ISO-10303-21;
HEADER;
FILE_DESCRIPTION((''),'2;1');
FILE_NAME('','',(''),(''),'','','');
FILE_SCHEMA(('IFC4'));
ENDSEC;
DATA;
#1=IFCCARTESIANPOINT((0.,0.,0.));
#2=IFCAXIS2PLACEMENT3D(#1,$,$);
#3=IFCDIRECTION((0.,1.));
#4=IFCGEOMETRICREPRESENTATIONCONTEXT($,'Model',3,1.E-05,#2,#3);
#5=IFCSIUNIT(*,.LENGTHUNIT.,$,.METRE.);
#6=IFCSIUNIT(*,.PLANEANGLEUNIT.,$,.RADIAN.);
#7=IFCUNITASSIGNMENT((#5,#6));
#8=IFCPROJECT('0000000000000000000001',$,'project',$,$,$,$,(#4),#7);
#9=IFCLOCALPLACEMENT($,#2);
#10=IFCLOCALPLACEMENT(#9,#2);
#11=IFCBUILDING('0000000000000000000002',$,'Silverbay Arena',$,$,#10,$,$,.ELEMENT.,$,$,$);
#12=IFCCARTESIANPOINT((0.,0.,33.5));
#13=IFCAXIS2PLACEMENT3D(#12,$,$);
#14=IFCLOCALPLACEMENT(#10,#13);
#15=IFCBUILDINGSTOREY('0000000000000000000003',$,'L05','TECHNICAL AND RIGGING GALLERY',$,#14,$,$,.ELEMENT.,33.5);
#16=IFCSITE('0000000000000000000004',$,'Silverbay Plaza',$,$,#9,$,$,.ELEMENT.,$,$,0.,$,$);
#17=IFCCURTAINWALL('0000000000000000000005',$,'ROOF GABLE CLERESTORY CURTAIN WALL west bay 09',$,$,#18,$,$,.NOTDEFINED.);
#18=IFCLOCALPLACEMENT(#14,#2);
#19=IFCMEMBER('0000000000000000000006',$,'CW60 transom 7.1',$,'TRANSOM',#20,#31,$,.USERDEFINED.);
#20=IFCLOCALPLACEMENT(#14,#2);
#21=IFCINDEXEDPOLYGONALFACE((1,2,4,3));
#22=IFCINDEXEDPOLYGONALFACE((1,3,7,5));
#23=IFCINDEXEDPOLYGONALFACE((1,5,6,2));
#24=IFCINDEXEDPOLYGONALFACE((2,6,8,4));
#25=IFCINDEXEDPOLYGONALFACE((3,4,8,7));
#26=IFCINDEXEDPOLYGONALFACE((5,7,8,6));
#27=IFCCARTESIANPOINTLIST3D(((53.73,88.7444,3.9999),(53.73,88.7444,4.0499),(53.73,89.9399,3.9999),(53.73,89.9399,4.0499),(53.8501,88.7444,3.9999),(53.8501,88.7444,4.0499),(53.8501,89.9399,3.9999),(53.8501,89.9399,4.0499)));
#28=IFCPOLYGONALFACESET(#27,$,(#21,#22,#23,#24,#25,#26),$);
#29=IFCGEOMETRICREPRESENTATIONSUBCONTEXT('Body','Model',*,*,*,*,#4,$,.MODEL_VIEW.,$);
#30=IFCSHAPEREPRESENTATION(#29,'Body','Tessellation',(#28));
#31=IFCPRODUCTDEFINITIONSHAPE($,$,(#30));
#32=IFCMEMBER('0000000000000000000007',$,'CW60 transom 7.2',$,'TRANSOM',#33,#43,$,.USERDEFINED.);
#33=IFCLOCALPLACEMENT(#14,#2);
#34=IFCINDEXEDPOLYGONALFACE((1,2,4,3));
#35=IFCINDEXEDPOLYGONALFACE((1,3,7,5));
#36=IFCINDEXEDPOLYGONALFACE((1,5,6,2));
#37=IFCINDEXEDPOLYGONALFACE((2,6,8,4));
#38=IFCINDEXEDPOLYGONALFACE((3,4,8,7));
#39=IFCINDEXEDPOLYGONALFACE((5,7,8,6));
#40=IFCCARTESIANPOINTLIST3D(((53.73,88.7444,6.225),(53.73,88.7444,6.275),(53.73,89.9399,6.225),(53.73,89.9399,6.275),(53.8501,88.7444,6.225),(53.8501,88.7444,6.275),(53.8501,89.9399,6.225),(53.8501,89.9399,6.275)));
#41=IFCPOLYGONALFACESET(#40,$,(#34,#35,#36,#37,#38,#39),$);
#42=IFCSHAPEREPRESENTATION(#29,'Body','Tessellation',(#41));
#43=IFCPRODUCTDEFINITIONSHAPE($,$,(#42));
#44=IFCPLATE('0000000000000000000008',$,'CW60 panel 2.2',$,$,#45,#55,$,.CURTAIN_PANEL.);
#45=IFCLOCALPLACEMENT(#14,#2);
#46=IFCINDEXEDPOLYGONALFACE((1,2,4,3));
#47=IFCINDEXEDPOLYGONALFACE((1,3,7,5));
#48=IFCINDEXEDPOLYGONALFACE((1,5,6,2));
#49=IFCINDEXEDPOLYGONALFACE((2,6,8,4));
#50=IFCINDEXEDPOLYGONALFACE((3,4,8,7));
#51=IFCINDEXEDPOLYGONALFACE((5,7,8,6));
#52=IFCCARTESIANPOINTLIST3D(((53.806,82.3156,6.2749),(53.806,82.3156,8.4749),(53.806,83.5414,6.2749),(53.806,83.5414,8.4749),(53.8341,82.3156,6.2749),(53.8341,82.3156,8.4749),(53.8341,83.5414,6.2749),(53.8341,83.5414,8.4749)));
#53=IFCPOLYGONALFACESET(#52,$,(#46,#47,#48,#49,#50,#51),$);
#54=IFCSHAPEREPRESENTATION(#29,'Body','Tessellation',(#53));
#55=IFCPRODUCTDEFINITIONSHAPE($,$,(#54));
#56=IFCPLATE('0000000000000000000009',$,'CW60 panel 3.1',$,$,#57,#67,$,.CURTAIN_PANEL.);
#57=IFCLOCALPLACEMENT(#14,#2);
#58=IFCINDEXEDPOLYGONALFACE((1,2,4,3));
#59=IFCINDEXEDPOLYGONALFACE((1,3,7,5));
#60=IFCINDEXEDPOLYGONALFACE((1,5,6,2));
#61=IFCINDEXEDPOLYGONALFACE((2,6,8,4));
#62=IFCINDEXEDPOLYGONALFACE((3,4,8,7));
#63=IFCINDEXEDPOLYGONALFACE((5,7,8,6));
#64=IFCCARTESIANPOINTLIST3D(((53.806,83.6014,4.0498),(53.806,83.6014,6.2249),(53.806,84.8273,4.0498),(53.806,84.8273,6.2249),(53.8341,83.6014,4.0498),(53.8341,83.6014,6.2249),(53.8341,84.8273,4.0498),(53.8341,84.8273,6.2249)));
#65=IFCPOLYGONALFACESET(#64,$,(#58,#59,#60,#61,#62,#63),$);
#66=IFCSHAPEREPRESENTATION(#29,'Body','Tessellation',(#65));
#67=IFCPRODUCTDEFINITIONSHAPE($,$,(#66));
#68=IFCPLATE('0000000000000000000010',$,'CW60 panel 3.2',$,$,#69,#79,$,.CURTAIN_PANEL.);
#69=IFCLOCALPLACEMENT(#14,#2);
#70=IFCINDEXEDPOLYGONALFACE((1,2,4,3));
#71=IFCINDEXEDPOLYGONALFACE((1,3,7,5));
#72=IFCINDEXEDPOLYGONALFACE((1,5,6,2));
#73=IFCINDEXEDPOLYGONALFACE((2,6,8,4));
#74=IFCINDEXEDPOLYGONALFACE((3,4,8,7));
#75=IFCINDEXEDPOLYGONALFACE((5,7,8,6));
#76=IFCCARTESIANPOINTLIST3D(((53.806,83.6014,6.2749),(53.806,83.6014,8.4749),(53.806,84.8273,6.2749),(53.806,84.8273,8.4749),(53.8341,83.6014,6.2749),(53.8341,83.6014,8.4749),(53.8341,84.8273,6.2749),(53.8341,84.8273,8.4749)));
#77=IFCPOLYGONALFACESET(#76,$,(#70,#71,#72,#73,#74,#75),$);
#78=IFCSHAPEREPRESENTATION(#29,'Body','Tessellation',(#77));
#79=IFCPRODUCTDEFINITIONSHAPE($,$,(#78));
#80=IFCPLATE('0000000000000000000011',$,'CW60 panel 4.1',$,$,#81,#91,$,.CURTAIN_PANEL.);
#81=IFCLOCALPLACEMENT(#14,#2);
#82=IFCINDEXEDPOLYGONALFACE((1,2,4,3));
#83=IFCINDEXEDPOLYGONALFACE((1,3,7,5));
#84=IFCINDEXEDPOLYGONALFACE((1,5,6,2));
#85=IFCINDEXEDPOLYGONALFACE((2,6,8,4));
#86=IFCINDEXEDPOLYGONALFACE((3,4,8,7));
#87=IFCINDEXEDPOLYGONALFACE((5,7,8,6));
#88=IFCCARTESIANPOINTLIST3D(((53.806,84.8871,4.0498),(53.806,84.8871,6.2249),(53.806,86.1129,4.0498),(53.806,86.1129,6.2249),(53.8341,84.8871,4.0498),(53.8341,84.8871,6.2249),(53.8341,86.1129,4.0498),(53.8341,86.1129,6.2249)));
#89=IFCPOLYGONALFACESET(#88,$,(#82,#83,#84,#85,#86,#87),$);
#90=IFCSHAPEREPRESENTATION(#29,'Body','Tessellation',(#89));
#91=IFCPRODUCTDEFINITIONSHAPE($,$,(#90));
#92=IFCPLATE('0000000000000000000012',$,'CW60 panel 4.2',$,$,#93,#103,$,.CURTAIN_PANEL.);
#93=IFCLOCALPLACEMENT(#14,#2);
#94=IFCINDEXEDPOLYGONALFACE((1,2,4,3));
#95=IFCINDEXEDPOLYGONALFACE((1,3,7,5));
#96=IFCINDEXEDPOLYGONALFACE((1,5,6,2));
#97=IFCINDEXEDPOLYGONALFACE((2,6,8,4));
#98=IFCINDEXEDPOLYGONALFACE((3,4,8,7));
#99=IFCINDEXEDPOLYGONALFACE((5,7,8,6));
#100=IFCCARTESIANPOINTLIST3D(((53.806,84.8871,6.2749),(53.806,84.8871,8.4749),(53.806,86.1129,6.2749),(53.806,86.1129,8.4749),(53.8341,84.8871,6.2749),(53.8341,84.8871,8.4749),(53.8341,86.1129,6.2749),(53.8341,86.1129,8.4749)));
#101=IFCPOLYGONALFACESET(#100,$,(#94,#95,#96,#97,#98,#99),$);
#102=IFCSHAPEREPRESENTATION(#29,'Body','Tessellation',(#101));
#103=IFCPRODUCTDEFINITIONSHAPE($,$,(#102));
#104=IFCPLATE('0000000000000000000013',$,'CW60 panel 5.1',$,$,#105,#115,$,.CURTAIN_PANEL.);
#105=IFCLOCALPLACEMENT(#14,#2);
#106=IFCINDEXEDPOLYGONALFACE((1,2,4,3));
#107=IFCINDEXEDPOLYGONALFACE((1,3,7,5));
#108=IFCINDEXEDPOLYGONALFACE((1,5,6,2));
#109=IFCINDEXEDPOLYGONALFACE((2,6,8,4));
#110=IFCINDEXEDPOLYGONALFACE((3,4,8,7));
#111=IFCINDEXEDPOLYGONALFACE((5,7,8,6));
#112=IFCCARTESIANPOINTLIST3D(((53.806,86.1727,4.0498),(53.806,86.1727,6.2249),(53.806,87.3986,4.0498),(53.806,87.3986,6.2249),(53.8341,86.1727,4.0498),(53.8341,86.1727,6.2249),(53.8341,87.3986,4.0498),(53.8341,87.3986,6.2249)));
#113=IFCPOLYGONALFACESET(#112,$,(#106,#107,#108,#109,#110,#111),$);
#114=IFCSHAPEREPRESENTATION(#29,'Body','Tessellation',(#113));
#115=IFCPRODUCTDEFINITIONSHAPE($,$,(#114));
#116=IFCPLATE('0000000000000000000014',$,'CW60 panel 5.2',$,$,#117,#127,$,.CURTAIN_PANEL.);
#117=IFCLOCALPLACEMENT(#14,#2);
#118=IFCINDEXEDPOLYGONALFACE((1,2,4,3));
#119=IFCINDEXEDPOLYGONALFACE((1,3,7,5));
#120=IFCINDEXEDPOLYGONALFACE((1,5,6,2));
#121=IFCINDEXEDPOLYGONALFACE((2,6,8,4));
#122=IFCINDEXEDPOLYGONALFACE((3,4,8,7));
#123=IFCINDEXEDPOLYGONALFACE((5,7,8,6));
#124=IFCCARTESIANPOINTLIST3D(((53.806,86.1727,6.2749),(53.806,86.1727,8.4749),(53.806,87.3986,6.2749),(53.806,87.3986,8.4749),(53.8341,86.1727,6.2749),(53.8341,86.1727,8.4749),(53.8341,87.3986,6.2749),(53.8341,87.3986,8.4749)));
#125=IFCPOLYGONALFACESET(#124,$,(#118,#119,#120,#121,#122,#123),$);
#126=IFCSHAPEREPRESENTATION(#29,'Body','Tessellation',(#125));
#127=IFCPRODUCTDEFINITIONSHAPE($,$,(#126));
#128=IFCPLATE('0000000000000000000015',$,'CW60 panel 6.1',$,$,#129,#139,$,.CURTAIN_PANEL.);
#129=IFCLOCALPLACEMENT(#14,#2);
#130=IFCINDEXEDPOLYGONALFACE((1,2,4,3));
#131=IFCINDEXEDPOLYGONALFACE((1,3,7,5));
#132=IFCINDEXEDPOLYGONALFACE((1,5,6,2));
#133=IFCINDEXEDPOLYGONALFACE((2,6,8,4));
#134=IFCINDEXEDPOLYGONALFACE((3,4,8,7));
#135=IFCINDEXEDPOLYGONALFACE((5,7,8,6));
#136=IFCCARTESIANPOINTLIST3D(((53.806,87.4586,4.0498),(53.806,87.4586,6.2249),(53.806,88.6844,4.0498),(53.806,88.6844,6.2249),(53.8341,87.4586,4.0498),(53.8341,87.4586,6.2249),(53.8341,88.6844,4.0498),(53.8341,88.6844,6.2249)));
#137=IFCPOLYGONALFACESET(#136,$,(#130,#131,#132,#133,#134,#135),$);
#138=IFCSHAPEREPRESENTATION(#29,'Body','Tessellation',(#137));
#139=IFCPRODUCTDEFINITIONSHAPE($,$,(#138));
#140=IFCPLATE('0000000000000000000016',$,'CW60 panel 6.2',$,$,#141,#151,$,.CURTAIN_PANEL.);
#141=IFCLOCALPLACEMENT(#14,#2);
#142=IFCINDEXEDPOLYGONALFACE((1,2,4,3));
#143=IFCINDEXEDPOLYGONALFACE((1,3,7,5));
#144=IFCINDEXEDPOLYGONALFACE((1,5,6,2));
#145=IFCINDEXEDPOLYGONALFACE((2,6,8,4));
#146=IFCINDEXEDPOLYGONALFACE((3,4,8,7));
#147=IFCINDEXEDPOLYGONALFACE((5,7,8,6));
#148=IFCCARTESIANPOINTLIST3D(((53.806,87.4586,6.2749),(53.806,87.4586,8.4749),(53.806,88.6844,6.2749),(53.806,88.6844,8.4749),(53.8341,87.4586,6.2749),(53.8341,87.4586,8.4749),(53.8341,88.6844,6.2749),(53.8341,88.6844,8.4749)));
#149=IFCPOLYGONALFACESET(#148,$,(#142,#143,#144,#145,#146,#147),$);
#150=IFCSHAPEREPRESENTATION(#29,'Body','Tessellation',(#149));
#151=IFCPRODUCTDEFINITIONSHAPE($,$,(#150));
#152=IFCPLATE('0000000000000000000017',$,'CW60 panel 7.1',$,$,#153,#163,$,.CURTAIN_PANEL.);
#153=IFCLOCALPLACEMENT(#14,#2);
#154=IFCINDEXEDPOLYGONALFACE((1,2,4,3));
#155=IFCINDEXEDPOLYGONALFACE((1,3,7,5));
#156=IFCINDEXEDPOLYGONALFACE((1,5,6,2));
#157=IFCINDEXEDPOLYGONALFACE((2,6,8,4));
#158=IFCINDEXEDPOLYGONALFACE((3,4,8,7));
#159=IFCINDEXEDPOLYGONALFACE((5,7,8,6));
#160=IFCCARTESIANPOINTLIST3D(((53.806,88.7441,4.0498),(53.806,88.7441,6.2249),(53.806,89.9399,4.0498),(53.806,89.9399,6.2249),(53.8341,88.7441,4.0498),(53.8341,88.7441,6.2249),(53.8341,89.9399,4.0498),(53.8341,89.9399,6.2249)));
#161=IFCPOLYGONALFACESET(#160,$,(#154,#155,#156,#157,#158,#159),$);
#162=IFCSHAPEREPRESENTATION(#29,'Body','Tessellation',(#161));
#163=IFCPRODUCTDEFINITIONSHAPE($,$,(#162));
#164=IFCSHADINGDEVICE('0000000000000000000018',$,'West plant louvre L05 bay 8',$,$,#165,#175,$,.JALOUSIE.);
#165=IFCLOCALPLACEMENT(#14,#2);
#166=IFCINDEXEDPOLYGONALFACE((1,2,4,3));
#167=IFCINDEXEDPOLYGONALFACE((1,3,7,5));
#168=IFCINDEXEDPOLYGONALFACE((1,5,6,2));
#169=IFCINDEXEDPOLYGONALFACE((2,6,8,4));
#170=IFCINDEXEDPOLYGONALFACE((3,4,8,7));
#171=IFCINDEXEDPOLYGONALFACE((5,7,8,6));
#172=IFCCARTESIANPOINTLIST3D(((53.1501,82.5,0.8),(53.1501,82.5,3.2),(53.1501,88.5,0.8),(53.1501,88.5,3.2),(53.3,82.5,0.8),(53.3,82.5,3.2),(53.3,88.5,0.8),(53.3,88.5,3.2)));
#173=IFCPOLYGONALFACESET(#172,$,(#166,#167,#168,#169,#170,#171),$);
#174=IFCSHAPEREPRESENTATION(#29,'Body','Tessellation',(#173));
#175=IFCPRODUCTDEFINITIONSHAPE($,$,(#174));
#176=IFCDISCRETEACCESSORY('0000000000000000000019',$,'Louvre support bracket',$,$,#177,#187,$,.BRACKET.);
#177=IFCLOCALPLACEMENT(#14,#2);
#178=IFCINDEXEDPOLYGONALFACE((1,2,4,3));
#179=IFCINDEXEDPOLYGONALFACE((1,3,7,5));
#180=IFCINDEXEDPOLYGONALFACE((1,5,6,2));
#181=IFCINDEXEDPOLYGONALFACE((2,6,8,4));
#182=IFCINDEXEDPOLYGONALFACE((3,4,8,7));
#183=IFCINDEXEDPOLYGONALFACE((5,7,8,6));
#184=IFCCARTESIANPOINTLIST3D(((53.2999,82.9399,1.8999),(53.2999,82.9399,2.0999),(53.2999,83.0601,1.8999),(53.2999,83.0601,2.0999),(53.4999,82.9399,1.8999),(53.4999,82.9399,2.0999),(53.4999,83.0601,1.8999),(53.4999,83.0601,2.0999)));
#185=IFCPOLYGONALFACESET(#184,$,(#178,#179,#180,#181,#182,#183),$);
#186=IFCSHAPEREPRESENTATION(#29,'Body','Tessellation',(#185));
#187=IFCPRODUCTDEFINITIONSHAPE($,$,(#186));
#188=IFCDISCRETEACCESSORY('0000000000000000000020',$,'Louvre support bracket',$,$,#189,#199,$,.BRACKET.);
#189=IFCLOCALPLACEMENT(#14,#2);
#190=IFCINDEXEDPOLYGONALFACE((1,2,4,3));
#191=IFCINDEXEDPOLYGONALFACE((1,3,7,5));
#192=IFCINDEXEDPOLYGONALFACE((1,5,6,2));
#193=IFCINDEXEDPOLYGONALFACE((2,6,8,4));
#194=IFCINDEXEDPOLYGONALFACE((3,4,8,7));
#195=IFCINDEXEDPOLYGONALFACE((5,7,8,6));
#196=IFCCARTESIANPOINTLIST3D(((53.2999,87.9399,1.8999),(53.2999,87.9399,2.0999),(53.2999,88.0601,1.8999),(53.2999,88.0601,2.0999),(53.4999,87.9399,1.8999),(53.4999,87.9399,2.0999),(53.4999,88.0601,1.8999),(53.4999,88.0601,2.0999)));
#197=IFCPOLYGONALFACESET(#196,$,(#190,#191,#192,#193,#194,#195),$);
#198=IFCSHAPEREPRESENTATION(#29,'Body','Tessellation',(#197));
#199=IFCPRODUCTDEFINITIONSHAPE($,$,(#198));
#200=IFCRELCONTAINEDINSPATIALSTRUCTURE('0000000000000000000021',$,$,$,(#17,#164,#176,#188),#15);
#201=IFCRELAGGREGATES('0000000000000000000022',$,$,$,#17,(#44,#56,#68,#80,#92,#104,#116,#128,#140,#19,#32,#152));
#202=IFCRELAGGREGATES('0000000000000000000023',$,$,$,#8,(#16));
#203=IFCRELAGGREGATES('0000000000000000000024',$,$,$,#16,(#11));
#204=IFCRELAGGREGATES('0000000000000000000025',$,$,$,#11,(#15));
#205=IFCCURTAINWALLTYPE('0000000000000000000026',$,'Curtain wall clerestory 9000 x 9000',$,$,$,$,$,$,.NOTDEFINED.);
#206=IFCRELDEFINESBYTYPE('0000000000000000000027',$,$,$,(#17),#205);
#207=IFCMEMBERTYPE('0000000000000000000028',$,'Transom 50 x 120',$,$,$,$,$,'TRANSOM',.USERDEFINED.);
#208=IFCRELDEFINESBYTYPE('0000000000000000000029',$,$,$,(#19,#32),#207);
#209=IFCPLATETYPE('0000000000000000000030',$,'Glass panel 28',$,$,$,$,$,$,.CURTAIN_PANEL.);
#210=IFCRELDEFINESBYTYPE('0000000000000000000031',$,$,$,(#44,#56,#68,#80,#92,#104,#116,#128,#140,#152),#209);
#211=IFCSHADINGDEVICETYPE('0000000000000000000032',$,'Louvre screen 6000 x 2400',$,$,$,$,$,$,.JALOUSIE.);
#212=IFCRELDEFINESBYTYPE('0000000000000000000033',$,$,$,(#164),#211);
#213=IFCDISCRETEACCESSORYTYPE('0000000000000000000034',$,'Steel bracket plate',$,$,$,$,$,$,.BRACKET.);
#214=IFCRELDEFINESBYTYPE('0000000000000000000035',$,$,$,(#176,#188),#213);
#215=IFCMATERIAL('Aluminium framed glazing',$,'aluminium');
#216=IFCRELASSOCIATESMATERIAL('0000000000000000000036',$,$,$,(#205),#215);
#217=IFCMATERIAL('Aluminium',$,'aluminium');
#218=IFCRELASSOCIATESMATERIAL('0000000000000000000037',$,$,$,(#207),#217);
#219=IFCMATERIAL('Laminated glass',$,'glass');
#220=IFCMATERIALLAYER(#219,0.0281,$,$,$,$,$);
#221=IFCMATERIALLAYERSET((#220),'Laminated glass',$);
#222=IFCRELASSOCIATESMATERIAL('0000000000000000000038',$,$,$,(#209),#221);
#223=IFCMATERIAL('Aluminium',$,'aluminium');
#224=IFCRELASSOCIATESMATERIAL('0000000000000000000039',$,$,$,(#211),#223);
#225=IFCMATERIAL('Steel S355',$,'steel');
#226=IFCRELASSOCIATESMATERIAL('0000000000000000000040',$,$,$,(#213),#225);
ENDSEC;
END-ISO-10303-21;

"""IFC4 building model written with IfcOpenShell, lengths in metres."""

from ifc_helpers import new_model, si_unit, direction, frame, origin, origin_2d, place, context, subcontext, project, spatial, rectangle, extrude, material, layer, layer_set, material_profile, profile_set, type_object, element, aggregate, save


model = new_model("IFC4")

# Units and contexts
model_context = context("Model", 3, precision=1e-05, world=origin(), true_north=direction((0.0, 1.0)))
body_context = subcontext(model_context, "Body", "Model", "MODEL_VIEW")
ifc_project = project(units=[si_unit("LENGTHUNIT", "METRE"), si_unit("PLANEANGLEUNIT", "RADIAN")], contexts=[model_context])

# Site, building, storey
site_placement = place(None, origin())
site = spatial("IfcSite", under=ifc_project, at=site_placement, Name="Silverbay Plaza", CompositionType="ELEMENT", RefElevation=0.0)
building_placement = place(site_placement, origin())
building = spatial("IfcBuilding", under=site, at=building_placement, Name="Silverbay Arena", CompositionType="ELEMENT")
storey_placement = place(building_placement, frame((0.0, 0.0, 33.5)))
storey = spatial("IfcBuildingStorey", under=building, at=storey_placement, Name="L05", Description="TECHNICAL AND RIGGING GALLERY", CompositionType="ELEMENT", Elevation=33.5)

# Curtain wall
ifc_material_1 = material(Name="Aluminium framed glazing", Category="aluminium")
curtain_wall_type = type_object("IfcCurtainWallType", Name="Curtain wall clerestory 9000 x 9000", PredefinedType="NOTDEFINED", material=ifc_material_1)
curtain_wall_placement = place(storey_placement, origin())
curtain_wall = element("IfcCurtainWall", 1, at=curtain_wall_placement, inside=storey, type_object=curtain_wall_type, Name="ROOF GABLE CLERESTORY CURTAIN WALL west bay 09", PredefinedType="NOTDEFINED")

# Members
ifc_material_2 = material(Name="Aluminium", Category="aluminium")
ifc_material_profile_1 = material_profile(ifc_material_2, rectangle(XDim=0.1201, YDim=0.05, at=origin_2d()), Name="Transom 50 x 120")
ifc_profile_set_1 = profile_set([ifc_material_profile_1], Name="Aluminium")
member_type_1 = type_object("IfcMemberType", Name="Transom 50 x 120", ElementType="TRANSOM", PredefinedType="USERDEFINED", material=ifc_profile_set_1)
member_1_placement = place(storey_placement, frame((53.79, 88.7444, 4.0249), z_axis=(0.0, 1.0, 0.0), x_axis=(-1.0, 0.0, 0.0)))
member_1 = element("IfcMember", 2, at=member_1_placement, type_object=member_type_1, Name="CW60 transom 7.1", ObjectType="TRANSOM", PredefinedType="USERDEFINED", context=body_context, shape_type="SweptSolid", body=[
    extrude(rectangle(XDim=0.1201, YDim=0.05, at=origin_2d()), origin(), (0.0, 0.0, 1.0), 1.1956),
])
member_2_placement = place(storey_placement, frame((53.79, 88.7444, 6.25), z_axis=(0.0, 1.0, 0.0), x_axis=(-1.0, 0.0, 0.0)))
member_2 = element("IfcMember", 3, at=member_2_placement, type_object=member_type_1, Name="CW60 transom 7.2", ObjectType="TRANSOM", PredefinedType="USERDEFINED", context=body_context, shape_type="SweptSolid", body=[
    extrude(rectangle(XDim=0.1201, YDim=0.05, at=origin_2d()), origin(), (0.0, 0.0, 1.0), 1.1956),
])

# Plates
ifc_material_3 = material(Name="Laminated glass", Category="glass")
ifc_layer = layer(ifc_material_3, 0.0281)
ifc_layer_set = layer_set([ifc_layer], Name="Laminated glass")
plate_type = type_object("IfcPlateType", Name="Glass panel 28", PredefinedType="CURTAIN_PANEL", material=ifc_layer_set)
plate_1_placement = place(storey_placement, frame((53.8201, 82.9285, 6.2749), z_axis=(0.0, 0.0, 1.0), x_axis=(0.0, 1.0, 0.0)))
plate_1 = element("IfcPlate", 4, at=plate_1_placement, type_object=plate_type, Name="CW60 panel 2.2", PredefinedType="CURTAIN_PANEL", context=body_context, shape_type="SweptSolid", body=[
    extrude(rectangle(XDim=1.2258, YDim=0.0281, at=origin_2d()), origin(), (0.0, 0.0, 1.0), 2.2),
])
plate_2_placement = place(storey_placement, frame((53.8201, 84.2144, 4.0498), z_axis=(0.0, 0.0, 1.0), x_axis=(0.0, 1.0, 0.0)))
plate_2 = element("IfcPlate", 5, at=plate_2_placement, type_object=plate_type, Name="CW60 panel 3.1", PredefinedType="CURTAIN_PANEL", context=body_context, shape_type="SweptSolid", body=[
    extrude(rectangle(XDim=1.2258, YDim=0.0281, at=origin_2d()), origin(), (0.0, 0.0, 1.0), 2.175),
])
plate_3_placement = place(storey_placement, frame((53.8201, 84.2144, 6.2749), z_axis=(0.0, 0.0, 1.0), x_axis=(0.0, 1.0, 0.0)))
plate_3 = element("IfcPlate", 6, at=plate_3_placement, type_object=plate_type, Name="CW60 panel 3.2", PredefinedType="CURTAIN_PANEL", context=body_context, shape_type="SweptSolid", body=[
    extrude(rectangle(XDim=1.2258, YDim=0.0281, at=origin_2d()), origin(), (0.0, 0.0, 1.0), 2.2),
])
plate_4_placement = place(storey_placement, frame((53.8201, 85.5, 4.0498), z_axis=(0.0, 0.0, 1.0), x_axis=(0.0, 1.0, 0.0)))
plate_4 = element("IfcPlate", 7, at=plate_4_placement, type_object=plate_type, Name="CW60 panel 4.1", PredefinedType="CURTAIN_PANEL", context=body_context, shape_type="SweptSolid", body=[
    extrude(rectangle(XDim=1.2258, YDim=0.0281, at=origin_2d()), origin(), (0.0, 0.0, 1.0), 2.175),
])
plate_5_placement = place(storey_placement, frame((53.8201, 85.5, 6.2749), z_axis=(0.0, 0.0, 1.0), x_axis=(0.0, 1.0, 0.0)))
plate_5 = element("IfcPlate", 8, at=plate_5_placement, type_object=plate_type, Name="CW60 panel 4.2", PredefinedType="CURTAIN_PANEL", context=body_context, shape_type="SweptSolid", body=[
    extrude(rectangle(XDim=1.2258, YDim=0.0281, at=origin_2d()), origin(), (0.0, 0.0, 1.0), 2.2),
])
plate_6_placement = place(storey_placement, frame((53.8201, 86.7856, 4.0498), z_axis=(0.0, 0.0, 1.0), x_axis=(0.0, 1.0, 0.0)))
plate_6 = element("IfcPlate", 9, at=plate_6_placement, type_object=plate_type, Name="CW60 panel 5.1", PredefinedType="CURTAIN_PANEL", context=body_context, shape_type="SweptSolid", body=[
    extrude(rectangle(XDim=1.2258, YDim=0.0281, at=origin_2d()), origin(), (0.0, 0.0, 1.0), 2.175),
])
plate_7_placement = place(storey_placement, frame((53.8201, 86.7856, 6.2749), z_axis=(0.0, 0.0, 1.0), x_axis=(0.0, 1.0, 0.0)))
plate_7 = element("IfcPlate", 10, at=plate_7_placement, type_object=plate_type, Name="CW60 panel 5.2", PredefinedType="CURTAIN_PANEL", context=body_context, shape_type="SweptSolid", body=[
    extrude(rectangle(XDim=1.2258, YDim=0.0281, at=origin_2d()), origin(), (0.0, 0.0, 1.0), 2.2),
])
plate_8_placement = place(storey_placement, frame((53.8201, 88.0715, 4.0498), z_axis=(0.0, 0.0, 1.0), x_axis=(0.0, 1.0, 0.0)))
plate_8 = element("IfcPlate", 11, at=plate_8_placement, type_object=plate_type, Name="CW60 panel 6.1", PredefinedType="CURTAIN_PANEL", context=body_context, shape_type="SweptSolid", body=[
    extrude(rectangle(XDim=1.2258, YDim=0.0281, at=origin_2d()), origin(), (0.0, 0.0, 1.0), 2.175),
])
plate_9_placement = place(storey_placement, frame((53.8201, 88.0715, 6.2749), z_axis=(0.0, 0.0, 1.0), x_axis=(0.0, 1.0, 0.0)))
plate_9 = element("IfcPlate", 12, at=plate_9_placement, type_object=plate_type, Name="CW60 panel 6.2", PredefinedType="CURTAIN_PANEL", context=body_context, shape_type="SweptSolid", body=[
    extrude(rectangle(XDim=1.2258, YDim=0.0281, at=origin_2d()), origin(), (0.0, 0.0, 1.0), 2.2),
])
plate_10_placement = place(storey_placement, frame((53.8201, 89.342, 4.0498), z_axis=(0.0, 0.0, 1.0), x_axis=(0.0, 1.0, 0.0)))
plate_10 = element("IfcPlate", 13, at=plate_10_placement, type_object=plate_type, Name="CW60 panel 7.1", PredefinedType="CURTAIN_PANEL", context=body_context, shape_type="SweptSolid", body=[
    extrude(rectangle(XDim=1.1958, YDim=0.0281, at=origin_2d()), origin(), (0.0, 0.0, 1.0), 2.175),
])
aggregate(curtain_wall, [plate_1, plate_2, plate_3, plate_4, plate_5, plate_6, plate_7, plate_8, plate_9, member_1, member_2, plate_10])

# Shading device
ifc_material_4 = material(Name="Aluminium", Category="aluminium")
shading_device_type = type_object("IfcShadingDeviceType", Name="Louvre screen 6000 x 2400", PredefinedType="JALOUSIE", material=ifc_material_4)
shading_device_placement = place(storey_placement, frame((53.2251, 85.5, 0.8), z_axis=(0.0, 0.0, 1.0), x_axis=(0.0, 1.0, 0.0)))
element("IfcShadingDevice", 14, at=shading_device_placement, inside=storey, type_object=shading_device_type, Name="West plant louvre L05 bay 8", PredefinedType="JALOUSIE", context=body_context, shape_type="SweptSolid", body=[
    extrude(rectangle(XDim=6.0, YDim=0.1499, at=origin_2d()), origin(), (0.0, 0.0, 1.0), 2.3999),
])

# Discrete accessories
ifc_material_5 = material(Name="Steel S355", Category="steel")
discrete_accessory_type = type_object("IfcDiscreteAccessoryType", Name="Steel bracket plate", PredefinedType="BRACKET", material=ifc_material_5)
for number, where, z_axis, x_axis, name in (
    (15, (53.3999, 83.0, 1.8999), (0.0, 0.0, 1.0), (0.0, 1.0, 0.0), "Louvre support bracket"),
    (16, (53.3999, 88.0, 1.8999), (0.0, 0.0, 1.0), (0.0, 1.0, 0.0), "Louvre support bracket"),
):
    element("IfcDiscreteAccessory", number, at=place(storey_placement, frame(where, z_axis=z_axis, x_axis=x_axis)), inside=storey, type_object=discrete_accessory_type, Name=name, PredefinedType="BRACKET", context=body_context, shape_type="SweptSolid", body=[
        extrude(rectangle(XDim=0.1201, YDim=0.2, at=origin_2d()), origin(), (0.0, 0.0, 1.0), 0.2),
    ])

save(model, "model.ifc")
